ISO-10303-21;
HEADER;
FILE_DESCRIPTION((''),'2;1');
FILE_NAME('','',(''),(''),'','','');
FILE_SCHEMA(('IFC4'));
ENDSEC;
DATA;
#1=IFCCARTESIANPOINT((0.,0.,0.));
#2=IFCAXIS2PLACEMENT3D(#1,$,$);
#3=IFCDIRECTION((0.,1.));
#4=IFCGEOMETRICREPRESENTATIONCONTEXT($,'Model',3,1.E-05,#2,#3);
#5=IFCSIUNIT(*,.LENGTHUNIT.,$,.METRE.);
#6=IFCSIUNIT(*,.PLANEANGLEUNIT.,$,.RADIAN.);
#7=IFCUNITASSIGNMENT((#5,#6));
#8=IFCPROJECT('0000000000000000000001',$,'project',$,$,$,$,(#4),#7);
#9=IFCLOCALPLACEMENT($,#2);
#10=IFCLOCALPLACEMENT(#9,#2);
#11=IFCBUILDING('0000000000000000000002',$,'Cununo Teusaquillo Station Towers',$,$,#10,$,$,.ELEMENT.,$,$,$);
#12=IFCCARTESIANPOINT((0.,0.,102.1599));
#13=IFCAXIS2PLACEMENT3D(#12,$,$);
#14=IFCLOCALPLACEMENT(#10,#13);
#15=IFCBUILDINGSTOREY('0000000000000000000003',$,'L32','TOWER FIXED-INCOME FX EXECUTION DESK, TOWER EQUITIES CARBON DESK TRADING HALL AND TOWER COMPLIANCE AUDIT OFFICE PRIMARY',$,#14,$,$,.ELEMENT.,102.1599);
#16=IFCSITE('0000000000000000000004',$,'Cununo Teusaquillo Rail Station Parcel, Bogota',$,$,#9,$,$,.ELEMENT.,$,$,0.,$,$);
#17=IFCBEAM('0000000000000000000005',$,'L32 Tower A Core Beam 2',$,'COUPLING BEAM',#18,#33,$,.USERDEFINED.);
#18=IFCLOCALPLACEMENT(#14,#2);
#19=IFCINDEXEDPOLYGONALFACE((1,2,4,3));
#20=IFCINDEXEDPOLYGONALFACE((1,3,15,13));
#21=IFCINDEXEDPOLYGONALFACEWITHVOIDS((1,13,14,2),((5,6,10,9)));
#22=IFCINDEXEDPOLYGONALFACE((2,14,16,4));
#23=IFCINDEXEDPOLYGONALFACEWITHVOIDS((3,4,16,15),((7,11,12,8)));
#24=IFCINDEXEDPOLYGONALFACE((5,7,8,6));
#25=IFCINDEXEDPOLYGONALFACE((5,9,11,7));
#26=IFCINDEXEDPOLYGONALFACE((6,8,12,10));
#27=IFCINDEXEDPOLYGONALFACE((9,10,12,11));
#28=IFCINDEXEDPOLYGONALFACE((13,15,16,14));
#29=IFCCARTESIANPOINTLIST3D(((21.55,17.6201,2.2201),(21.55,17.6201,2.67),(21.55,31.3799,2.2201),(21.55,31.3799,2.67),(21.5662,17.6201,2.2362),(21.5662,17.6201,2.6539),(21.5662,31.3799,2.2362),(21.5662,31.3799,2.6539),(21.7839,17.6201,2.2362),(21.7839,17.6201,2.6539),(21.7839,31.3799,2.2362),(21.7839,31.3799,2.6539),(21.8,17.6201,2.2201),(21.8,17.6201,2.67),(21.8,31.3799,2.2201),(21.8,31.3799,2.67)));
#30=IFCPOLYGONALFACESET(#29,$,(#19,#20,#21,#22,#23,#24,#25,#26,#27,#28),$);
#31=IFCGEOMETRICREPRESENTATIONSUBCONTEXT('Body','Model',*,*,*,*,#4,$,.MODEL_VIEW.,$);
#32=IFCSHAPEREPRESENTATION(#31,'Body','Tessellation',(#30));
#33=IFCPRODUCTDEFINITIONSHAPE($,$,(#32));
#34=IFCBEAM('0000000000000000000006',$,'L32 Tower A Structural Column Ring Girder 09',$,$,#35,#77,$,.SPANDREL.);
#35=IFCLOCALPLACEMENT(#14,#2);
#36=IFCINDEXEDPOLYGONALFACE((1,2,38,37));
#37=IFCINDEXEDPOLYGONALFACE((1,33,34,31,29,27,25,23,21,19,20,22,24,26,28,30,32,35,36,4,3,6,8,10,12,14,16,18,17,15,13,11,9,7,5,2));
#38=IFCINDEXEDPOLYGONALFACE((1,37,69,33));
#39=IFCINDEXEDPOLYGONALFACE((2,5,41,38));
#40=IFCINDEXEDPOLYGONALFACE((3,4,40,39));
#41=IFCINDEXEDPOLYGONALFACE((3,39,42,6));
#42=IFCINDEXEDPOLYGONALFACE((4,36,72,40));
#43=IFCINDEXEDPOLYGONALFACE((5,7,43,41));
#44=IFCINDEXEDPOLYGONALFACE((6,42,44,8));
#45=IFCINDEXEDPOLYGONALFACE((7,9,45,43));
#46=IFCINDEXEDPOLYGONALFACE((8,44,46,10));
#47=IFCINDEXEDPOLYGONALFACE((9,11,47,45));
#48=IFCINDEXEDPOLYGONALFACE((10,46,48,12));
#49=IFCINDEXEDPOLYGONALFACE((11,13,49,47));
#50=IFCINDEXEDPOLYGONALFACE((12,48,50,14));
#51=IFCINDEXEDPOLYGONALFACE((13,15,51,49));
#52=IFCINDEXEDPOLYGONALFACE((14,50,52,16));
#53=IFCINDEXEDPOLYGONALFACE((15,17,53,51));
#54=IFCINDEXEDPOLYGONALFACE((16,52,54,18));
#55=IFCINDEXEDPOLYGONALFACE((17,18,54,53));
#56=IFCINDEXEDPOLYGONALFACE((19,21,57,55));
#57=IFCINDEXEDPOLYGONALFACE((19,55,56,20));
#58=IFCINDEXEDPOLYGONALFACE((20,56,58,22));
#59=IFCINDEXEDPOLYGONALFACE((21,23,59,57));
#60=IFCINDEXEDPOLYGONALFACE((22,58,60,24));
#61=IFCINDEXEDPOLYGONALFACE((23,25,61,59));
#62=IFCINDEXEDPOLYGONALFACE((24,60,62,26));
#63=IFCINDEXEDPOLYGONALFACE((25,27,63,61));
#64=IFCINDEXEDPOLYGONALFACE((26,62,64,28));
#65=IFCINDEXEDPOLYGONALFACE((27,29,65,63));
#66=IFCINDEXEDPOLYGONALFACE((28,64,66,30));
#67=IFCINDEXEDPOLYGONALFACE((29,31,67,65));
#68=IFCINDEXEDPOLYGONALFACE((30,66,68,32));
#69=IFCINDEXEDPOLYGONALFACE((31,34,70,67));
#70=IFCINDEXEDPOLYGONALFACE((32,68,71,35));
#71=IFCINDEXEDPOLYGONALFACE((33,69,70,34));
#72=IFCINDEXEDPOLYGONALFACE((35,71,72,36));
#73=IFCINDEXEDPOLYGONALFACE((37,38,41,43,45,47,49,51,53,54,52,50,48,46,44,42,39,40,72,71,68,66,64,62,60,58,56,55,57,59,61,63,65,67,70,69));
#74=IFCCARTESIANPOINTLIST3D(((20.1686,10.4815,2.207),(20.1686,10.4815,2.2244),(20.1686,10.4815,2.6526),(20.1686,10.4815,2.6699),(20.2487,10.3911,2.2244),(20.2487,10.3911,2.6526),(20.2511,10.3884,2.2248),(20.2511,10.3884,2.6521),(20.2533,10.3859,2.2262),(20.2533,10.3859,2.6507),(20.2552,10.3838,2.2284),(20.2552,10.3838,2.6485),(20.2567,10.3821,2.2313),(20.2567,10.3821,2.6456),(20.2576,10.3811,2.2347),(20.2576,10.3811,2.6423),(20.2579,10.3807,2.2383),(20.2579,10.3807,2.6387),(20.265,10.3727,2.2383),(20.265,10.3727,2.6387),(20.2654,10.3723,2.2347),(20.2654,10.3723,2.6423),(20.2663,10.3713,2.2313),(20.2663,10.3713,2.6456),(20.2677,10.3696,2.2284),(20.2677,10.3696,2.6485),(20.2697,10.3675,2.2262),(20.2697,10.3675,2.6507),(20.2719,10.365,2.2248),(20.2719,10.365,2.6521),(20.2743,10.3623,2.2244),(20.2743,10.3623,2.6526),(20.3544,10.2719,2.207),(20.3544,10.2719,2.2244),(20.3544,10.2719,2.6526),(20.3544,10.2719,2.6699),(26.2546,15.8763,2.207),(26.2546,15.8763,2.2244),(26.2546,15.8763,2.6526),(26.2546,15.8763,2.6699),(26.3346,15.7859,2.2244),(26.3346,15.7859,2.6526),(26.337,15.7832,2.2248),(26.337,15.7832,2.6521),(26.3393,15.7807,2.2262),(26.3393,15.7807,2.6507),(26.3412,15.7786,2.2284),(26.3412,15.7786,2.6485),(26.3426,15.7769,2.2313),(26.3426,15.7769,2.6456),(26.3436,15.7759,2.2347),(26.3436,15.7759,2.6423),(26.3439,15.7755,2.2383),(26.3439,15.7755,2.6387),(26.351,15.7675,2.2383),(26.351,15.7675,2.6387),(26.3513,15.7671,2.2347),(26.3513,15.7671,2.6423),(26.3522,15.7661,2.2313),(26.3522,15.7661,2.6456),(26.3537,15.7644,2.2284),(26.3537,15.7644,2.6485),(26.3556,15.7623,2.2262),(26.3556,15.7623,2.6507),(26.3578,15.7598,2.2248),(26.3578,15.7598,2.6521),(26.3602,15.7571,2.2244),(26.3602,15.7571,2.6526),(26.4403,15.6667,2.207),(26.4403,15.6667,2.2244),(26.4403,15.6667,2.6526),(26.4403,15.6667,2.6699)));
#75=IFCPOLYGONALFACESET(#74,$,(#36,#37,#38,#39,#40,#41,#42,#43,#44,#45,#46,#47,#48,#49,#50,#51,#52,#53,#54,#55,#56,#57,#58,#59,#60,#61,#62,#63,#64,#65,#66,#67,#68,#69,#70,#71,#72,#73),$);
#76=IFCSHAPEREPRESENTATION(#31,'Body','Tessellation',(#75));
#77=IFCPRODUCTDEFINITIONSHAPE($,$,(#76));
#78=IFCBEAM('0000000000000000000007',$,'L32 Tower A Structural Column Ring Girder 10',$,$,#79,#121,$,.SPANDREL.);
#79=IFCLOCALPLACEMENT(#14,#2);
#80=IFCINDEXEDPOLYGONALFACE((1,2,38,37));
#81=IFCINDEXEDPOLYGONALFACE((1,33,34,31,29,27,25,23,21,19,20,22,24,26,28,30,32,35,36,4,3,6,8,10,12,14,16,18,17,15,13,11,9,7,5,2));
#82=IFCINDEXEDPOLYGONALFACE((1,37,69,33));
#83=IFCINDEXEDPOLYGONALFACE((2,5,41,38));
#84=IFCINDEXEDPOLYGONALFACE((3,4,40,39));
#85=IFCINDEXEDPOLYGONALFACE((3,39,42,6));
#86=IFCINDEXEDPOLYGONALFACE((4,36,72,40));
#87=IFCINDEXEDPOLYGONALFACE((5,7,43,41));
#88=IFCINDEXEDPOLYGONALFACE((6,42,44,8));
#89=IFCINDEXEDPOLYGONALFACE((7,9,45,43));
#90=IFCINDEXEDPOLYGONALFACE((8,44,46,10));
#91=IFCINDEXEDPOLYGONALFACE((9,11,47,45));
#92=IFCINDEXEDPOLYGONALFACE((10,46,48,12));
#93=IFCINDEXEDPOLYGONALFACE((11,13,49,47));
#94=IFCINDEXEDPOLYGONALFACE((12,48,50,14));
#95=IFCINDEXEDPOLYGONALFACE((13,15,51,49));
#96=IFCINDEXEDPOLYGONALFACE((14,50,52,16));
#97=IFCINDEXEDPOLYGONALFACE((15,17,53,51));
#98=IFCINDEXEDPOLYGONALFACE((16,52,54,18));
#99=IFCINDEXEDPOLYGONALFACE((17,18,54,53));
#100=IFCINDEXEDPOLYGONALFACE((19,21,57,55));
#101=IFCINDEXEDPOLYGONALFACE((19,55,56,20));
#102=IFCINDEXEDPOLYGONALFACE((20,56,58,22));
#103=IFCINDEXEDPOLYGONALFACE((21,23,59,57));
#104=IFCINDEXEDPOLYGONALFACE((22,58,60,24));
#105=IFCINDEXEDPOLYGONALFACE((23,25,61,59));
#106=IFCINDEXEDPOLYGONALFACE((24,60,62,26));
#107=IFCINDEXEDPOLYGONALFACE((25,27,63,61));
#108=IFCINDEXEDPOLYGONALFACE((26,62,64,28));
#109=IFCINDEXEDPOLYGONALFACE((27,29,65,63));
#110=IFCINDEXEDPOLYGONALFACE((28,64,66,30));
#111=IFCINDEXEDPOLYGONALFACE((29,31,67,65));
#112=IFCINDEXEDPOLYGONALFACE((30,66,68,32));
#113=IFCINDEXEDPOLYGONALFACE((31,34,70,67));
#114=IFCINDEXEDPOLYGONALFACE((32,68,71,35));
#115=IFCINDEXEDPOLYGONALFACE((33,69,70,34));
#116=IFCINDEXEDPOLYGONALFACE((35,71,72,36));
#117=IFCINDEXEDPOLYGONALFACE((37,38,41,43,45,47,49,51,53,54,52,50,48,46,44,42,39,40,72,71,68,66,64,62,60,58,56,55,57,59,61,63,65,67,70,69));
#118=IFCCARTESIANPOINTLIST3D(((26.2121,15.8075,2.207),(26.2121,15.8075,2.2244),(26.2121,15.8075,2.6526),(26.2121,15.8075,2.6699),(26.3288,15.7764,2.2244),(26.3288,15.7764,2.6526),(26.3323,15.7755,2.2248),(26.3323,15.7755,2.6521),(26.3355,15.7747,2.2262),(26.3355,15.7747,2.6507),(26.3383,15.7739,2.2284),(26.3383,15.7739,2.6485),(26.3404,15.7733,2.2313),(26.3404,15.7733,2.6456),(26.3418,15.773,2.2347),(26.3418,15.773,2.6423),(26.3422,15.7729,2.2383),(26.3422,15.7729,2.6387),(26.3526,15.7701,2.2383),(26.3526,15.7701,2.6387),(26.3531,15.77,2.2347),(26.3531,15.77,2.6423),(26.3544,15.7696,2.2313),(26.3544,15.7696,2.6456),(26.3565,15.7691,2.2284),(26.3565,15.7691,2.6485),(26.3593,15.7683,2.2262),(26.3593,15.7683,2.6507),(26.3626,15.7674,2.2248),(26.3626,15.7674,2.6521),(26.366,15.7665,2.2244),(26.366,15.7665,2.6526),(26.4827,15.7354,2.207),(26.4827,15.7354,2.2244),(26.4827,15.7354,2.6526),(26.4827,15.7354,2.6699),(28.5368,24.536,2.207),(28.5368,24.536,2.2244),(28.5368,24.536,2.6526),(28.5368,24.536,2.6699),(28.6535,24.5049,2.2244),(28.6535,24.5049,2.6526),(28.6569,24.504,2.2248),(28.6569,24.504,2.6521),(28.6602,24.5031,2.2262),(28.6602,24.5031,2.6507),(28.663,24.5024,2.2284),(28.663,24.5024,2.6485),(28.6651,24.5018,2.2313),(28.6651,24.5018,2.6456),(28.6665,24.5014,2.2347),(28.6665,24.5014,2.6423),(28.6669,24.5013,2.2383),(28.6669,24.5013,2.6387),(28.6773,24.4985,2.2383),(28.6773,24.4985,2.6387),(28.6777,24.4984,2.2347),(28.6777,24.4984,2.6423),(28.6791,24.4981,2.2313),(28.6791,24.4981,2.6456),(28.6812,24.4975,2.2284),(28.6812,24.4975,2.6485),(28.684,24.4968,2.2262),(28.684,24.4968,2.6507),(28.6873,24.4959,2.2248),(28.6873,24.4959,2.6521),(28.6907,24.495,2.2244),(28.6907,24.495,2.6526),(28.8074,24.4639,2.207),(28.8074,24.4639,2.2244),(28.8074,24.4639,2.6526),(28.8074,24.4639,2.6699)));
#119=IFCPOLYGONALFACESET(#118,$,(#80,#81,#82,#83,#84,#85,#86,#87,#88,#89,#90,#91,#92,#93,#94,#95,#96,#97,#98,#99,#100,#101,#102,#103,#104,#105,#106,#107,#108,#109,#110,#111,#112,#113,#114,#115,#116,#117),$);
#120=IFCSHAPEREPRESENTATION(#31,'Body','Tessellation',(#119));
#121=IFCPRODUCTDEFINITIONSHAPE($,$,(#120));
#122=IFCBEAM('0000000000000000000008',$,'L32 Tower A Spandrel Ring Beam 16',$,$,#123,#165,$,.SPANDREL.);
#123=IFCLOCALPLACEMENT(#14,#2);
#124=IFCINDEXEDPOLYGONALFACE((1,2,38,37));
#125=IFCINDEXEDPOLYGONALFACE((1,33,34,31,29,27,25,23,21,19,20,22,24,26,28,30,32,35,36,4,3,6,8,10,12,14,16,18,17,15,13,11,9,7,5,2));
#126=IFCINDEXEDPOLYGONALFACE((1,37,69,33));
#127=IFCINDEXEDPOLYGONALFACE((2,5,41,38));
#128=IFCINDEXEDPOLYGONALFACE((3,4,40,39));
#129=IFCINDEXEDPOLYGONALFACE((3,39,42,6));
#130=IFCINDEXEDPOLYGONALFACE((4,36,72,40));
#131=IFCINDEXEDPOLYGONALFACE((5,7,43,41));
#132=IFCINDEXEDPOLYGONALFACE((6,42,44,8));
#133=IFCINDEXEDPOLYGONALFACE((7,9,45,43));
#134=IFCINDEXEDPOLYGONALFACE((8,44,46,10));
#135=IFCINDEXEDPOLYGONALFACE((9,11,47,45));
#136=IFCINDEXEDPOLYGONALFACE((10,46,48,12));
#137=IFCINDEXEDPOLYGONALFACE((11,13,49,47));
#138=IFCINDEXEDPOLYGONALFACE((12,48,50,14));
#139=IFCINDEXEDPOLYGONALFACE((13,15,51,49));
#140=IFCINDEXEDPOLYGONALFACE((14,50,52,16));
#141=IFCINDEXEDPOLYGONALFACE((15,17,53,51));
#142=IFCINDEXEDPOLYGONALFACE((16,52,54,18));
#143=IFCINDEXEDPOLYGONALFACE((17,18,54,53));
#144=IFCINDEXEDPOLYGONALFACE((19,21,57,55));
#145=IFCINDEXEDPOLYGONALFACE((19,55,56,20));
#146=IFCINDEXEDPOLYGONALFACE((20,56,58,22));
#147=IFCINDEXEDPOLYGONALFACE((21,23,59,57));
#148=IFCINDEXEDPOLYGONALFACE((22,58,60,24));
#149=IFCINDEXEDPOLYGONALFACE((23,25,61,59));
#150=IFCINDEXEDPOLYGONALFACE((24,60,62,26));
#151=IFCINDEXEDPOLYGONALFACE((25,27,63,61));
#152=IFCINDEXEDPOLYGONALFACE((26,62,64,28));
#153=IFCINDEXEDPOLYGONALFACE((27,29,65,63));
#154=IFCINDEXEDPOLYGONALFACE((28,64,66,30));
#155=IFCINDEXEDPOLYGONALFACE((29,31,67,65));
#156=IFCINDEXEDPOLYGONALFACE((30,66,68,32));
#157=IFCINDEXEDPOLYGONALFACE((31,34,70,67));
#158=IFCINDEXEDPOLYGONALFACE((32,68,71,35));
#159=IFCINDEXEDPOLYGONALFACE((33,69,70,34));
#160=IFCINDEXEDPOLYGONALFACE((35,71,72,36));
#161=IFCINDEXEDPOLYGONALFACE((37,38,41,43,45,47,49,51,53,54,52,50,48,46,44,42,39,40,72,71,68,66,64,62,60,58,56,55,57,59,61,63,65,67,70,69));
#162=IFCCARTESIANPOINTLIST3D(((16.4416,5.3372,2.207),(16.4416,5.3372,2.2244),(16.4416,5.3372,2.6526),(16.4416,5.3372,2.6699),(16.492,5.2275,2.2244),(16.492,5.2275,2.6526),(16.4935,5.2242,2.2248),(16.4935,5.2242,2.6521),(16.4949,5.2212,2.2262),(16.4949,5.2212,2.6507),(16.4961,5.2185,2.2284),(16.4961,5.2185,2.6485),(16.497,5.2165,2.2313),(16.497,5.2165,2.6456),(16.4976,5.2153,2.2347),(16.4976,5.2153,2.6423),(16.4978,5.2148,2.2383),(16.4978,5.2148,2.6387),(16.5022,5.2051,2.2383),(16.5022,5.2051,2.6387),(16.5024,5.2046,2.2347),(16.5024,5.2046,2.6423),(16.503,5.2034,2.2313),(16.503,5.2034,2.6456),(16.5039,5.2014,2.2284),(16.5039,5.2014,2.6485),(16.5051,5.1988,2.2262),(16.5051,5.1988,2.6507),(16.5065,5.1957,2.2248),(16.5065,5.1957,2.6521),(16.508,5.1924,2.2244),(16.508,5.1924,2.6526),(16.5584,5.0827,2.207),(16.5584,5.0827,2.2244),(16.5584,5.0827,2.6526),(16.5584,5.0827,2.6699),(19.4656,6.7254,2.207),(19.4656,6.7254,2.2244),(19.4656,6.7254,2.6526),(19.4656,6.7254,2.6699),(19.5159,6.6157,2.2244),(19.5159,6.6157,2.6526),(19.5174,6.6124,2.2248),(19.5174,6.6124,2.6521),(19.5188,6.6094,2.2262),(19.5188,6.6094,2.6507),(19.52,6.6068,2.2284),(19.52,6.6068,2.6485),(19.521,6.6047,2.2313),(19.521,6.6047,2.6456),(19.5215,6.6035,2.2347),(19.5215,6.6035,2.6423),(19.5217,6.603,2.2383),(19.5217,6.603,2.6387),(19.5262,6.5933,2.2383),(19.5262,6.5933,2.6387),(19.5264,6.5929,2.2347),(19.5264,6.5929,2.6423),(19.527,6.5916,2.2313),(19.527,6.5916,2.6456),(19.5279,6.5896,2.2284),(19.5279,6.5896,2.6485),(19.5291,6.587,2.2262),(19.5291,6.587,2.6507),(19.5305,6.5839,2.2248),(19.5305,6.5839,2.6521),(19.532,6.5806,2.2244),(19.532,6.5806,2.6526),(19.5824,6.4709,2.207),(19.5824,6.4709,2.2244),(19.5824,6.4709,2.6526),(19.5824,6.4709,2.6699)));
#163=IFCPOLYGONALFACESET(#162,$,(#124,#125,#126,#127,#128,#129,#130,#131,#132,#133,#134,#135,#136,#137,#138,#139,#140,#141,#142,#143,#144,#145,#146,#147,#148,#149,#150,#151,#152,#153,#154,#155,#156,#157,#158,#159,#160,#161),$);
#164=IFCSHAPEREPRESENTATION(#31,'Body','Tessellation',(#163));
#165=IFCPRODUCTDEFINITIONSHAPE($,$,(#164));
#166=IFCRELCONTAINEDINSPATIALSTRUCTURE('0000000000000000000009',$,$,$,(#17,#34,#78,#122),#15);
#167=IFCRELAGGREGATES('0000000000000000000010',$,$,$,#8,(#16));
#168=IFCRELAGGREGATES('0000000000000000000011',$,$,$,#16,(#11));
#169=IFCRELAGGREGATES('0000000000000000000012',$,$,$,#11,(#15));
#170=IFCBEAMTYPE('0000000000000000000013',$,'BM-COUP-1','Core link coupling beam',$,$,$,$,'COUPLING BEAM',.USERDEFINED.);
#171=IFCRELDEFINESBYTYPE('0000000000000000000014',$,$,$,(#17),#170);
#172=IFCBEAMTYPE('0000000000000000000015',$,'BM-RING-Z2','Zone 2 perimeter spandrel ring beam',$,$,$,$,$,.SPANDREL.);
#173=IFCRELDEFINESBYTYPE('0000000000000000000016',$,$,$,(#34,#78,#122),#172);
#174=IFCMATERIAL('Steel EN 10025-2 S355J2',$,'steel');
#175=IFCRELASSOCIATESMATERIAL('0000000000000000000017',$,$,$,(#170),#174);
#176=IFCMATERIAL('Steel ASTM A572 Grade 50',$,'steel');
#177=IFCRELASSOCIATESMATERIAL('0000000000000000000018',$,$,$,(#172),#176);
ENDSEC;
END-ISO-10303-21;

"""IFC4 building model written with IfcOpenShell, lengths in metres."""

from ifc_helpers import new_model, si_unit, direction, frame, origin, origin_2d, place, context, subcontext, project, spatial, hollow_rectangle, i_section, extrude, material, material_profile, profile_set, type_object, element, save


model = new_model("IFC4")

# Units and contexts
model_context = context("Model", 3, precision=1e-05, world=origin(), true_north=direction((0.0, 1.0)))
body_context = subcontext(model_context, "Body", "Model", "MODEL_VIEW")
ifc_project = project(units=[si_unit("LENGTHUNIT", "METRE"), si_unit("PLANEANGLEUNIT", "RADIAN")], contexts=[model_context])

# Site, building, storey
site_placement = place(None, origin())
site = spatial("IfcSite", under=ifc_project, at=site_placement, Name="Cununo Teusaquillo Rail Station Parcel, Bogota", CompositionType="ELEMENT", RefElevation=0.0)
building_placement = place(site_placement, origin())
building = spatial("IfcBuilding", under=site, at=building_placement, Name="Cununo Teusaquillo Station Towers", CompositionType="ELEMENT")
storey_placement = place(building_placement, frame((0.0, 0.0, 102.1599)))
storey = spatial("IfcBuildingStorey", under=building, at=storey_placement, Name="L32", Description="TOWER FIXED-INCOME FX EXECUTION DESK, TOWER EQUITIES CARBON DESK TRADING HALL AND TOWER COMPLIANCE AUDIT OFFICE PRIMARY", CompositionType="ELEMENT", Elevation=102.1599)

# Beams
ifc_material_1 = material(Name="Steel EN 10025-2 S355J2", Category="steel")
ifc_material_profile_1 = material_profile(ifc_material_1, hollow_rectangle(XDim=0.25, YDim=0.45, WallThickness=0.0161, at=origin_2d()), Name="RHS 450x250x16")
ifc_profile_set_1 = profile_set([ifc_material_profile_1], Name="Steel EN 10025-2 S355J2")
beam_type_1 = type_object("IfcBeamType", Name="BM-COUP-1", Description="Core link coupling beam", ElementType="COUPLING BEAM", PredefinedType="USERDEFINED", material=ifc_profile_set_1)
beam_1_placement = place(storey_placement, frame((21.675, 17.6201, 2.4451), z_axis=(0.0, 1.0, 0.0), x_axis=(-1.0, 0.0, 0.0)))
element("IfcBeam", 1, at=beam_1_placement, inside=storey, type_object=beam_type_1, Name="L32 Tower A Core Beam 2", ObjectType="COUPLING BEAM", PredefinedType="USERDEFINED", context=body_context, shape_type="SweptSolid", body=[
    extrude(hollow_rectangle(XDim=0.25, YDim=0.45, WallThickness=0.0161, at=origin_2d()), origin(), (0.0, 0.0, 1.0), 13.7598),
])
ifc_material_2 = material(Name="Steel ASTM A572 Grade 50", Category="steel")
ifc_material_profile_2 = material_profile(ifc_material_2, i_section(OverallWidth=0.28, OverallDepth=0.4629, WebThickness=0.0107, FlangeThickness=0.0173, FilletRadius=0.0139, at=origin_2d()), Name="W18X76")
ifc_profile_set_2 = profile_set([ifc_material_profile_2], Name="Steel ASTM A572 Grade 50")
beam_type_2 = type_object("IfcBeamType", Name="BM-RING-Z2", Description="Zone 2 perimeter spandrel ring beam", PredefinedType="SPANDREL", material=ifc_profile_set_2)
beam_2_placement = place(storey_placement, frame((20.2615, 10.3767, 2.4385), z_axis=(0.748321, 0.663337, 0.0), x_axis=(-0.663337, 0.748321, 0.0)))
element("IfcBeam", 2, at=beam_2_placement, inside=storey, type_object=beam_type_2, Name="L32 Tower A Structural Column Ring Girder 09", PredefinedType="SPANDREL", context=body_context, shape_type="SweptSolid", body=[
    extrude(i_section(OverallWidth=0.28, OverallDepth=0.4629, WebThickness=0.0107, FlangeThickness=0.0173, FilletRadius=0.0139, at=origin_2d()), origin(), (0.0, 0.0, 1.0), 8.1328),
])
beam_3_placement = place(storey_placement, frame((26.3474, 15.7715, 2.4385), z_axis=(0.257363, 0.966315, 0.0), x_axis=(-0.966315, 0.257363, 0.0)))
element("IfcBeam", 3, at=beam_3_placement, inside=storey, type_object=beam_type_2, Name="L32 Tower A Structural Column Ring Girder 10", PredefinedType="SPANDREL", context=body_context, shape_type="SweptSolid", body=[
    extrude(i_section(OverallWidth=0.28, OverallDepth=0.4629, WebThickness=0.0107, FlangeThickness=0.0173, FilletRadius=0.0139, at=origin_2d()), origin(), (0.0, 0.0, 1.0), 9.0327),
])
beam_4_placement = place(storey_placement, frame((16.5, 5.21, 2.4385), z_axis=(0.908812, 0.417205, 0.0), x_axis=(-0.417205, 0.908812, 0.0)))
element("IfcBeam", 4, at=beam_4_placement, inside=storey, type_object=beam_type_2, Name="L32 Tower A Spandrel Ring Beam 16", PredefinedType="SPANDREL", context=body_context, shape_type="SweptSolid", body=[
    extrude(i_section(OverallWidth=0.28, OverallDepth=0.4629, WebThickness=0.0107, FlangeThickness=0.0173, FilletRadius=0.0139, at=origin_2d()), origin(), (0.0, 0.0, 1.0), 3.3274),
])

save(model, "model.ifc")
